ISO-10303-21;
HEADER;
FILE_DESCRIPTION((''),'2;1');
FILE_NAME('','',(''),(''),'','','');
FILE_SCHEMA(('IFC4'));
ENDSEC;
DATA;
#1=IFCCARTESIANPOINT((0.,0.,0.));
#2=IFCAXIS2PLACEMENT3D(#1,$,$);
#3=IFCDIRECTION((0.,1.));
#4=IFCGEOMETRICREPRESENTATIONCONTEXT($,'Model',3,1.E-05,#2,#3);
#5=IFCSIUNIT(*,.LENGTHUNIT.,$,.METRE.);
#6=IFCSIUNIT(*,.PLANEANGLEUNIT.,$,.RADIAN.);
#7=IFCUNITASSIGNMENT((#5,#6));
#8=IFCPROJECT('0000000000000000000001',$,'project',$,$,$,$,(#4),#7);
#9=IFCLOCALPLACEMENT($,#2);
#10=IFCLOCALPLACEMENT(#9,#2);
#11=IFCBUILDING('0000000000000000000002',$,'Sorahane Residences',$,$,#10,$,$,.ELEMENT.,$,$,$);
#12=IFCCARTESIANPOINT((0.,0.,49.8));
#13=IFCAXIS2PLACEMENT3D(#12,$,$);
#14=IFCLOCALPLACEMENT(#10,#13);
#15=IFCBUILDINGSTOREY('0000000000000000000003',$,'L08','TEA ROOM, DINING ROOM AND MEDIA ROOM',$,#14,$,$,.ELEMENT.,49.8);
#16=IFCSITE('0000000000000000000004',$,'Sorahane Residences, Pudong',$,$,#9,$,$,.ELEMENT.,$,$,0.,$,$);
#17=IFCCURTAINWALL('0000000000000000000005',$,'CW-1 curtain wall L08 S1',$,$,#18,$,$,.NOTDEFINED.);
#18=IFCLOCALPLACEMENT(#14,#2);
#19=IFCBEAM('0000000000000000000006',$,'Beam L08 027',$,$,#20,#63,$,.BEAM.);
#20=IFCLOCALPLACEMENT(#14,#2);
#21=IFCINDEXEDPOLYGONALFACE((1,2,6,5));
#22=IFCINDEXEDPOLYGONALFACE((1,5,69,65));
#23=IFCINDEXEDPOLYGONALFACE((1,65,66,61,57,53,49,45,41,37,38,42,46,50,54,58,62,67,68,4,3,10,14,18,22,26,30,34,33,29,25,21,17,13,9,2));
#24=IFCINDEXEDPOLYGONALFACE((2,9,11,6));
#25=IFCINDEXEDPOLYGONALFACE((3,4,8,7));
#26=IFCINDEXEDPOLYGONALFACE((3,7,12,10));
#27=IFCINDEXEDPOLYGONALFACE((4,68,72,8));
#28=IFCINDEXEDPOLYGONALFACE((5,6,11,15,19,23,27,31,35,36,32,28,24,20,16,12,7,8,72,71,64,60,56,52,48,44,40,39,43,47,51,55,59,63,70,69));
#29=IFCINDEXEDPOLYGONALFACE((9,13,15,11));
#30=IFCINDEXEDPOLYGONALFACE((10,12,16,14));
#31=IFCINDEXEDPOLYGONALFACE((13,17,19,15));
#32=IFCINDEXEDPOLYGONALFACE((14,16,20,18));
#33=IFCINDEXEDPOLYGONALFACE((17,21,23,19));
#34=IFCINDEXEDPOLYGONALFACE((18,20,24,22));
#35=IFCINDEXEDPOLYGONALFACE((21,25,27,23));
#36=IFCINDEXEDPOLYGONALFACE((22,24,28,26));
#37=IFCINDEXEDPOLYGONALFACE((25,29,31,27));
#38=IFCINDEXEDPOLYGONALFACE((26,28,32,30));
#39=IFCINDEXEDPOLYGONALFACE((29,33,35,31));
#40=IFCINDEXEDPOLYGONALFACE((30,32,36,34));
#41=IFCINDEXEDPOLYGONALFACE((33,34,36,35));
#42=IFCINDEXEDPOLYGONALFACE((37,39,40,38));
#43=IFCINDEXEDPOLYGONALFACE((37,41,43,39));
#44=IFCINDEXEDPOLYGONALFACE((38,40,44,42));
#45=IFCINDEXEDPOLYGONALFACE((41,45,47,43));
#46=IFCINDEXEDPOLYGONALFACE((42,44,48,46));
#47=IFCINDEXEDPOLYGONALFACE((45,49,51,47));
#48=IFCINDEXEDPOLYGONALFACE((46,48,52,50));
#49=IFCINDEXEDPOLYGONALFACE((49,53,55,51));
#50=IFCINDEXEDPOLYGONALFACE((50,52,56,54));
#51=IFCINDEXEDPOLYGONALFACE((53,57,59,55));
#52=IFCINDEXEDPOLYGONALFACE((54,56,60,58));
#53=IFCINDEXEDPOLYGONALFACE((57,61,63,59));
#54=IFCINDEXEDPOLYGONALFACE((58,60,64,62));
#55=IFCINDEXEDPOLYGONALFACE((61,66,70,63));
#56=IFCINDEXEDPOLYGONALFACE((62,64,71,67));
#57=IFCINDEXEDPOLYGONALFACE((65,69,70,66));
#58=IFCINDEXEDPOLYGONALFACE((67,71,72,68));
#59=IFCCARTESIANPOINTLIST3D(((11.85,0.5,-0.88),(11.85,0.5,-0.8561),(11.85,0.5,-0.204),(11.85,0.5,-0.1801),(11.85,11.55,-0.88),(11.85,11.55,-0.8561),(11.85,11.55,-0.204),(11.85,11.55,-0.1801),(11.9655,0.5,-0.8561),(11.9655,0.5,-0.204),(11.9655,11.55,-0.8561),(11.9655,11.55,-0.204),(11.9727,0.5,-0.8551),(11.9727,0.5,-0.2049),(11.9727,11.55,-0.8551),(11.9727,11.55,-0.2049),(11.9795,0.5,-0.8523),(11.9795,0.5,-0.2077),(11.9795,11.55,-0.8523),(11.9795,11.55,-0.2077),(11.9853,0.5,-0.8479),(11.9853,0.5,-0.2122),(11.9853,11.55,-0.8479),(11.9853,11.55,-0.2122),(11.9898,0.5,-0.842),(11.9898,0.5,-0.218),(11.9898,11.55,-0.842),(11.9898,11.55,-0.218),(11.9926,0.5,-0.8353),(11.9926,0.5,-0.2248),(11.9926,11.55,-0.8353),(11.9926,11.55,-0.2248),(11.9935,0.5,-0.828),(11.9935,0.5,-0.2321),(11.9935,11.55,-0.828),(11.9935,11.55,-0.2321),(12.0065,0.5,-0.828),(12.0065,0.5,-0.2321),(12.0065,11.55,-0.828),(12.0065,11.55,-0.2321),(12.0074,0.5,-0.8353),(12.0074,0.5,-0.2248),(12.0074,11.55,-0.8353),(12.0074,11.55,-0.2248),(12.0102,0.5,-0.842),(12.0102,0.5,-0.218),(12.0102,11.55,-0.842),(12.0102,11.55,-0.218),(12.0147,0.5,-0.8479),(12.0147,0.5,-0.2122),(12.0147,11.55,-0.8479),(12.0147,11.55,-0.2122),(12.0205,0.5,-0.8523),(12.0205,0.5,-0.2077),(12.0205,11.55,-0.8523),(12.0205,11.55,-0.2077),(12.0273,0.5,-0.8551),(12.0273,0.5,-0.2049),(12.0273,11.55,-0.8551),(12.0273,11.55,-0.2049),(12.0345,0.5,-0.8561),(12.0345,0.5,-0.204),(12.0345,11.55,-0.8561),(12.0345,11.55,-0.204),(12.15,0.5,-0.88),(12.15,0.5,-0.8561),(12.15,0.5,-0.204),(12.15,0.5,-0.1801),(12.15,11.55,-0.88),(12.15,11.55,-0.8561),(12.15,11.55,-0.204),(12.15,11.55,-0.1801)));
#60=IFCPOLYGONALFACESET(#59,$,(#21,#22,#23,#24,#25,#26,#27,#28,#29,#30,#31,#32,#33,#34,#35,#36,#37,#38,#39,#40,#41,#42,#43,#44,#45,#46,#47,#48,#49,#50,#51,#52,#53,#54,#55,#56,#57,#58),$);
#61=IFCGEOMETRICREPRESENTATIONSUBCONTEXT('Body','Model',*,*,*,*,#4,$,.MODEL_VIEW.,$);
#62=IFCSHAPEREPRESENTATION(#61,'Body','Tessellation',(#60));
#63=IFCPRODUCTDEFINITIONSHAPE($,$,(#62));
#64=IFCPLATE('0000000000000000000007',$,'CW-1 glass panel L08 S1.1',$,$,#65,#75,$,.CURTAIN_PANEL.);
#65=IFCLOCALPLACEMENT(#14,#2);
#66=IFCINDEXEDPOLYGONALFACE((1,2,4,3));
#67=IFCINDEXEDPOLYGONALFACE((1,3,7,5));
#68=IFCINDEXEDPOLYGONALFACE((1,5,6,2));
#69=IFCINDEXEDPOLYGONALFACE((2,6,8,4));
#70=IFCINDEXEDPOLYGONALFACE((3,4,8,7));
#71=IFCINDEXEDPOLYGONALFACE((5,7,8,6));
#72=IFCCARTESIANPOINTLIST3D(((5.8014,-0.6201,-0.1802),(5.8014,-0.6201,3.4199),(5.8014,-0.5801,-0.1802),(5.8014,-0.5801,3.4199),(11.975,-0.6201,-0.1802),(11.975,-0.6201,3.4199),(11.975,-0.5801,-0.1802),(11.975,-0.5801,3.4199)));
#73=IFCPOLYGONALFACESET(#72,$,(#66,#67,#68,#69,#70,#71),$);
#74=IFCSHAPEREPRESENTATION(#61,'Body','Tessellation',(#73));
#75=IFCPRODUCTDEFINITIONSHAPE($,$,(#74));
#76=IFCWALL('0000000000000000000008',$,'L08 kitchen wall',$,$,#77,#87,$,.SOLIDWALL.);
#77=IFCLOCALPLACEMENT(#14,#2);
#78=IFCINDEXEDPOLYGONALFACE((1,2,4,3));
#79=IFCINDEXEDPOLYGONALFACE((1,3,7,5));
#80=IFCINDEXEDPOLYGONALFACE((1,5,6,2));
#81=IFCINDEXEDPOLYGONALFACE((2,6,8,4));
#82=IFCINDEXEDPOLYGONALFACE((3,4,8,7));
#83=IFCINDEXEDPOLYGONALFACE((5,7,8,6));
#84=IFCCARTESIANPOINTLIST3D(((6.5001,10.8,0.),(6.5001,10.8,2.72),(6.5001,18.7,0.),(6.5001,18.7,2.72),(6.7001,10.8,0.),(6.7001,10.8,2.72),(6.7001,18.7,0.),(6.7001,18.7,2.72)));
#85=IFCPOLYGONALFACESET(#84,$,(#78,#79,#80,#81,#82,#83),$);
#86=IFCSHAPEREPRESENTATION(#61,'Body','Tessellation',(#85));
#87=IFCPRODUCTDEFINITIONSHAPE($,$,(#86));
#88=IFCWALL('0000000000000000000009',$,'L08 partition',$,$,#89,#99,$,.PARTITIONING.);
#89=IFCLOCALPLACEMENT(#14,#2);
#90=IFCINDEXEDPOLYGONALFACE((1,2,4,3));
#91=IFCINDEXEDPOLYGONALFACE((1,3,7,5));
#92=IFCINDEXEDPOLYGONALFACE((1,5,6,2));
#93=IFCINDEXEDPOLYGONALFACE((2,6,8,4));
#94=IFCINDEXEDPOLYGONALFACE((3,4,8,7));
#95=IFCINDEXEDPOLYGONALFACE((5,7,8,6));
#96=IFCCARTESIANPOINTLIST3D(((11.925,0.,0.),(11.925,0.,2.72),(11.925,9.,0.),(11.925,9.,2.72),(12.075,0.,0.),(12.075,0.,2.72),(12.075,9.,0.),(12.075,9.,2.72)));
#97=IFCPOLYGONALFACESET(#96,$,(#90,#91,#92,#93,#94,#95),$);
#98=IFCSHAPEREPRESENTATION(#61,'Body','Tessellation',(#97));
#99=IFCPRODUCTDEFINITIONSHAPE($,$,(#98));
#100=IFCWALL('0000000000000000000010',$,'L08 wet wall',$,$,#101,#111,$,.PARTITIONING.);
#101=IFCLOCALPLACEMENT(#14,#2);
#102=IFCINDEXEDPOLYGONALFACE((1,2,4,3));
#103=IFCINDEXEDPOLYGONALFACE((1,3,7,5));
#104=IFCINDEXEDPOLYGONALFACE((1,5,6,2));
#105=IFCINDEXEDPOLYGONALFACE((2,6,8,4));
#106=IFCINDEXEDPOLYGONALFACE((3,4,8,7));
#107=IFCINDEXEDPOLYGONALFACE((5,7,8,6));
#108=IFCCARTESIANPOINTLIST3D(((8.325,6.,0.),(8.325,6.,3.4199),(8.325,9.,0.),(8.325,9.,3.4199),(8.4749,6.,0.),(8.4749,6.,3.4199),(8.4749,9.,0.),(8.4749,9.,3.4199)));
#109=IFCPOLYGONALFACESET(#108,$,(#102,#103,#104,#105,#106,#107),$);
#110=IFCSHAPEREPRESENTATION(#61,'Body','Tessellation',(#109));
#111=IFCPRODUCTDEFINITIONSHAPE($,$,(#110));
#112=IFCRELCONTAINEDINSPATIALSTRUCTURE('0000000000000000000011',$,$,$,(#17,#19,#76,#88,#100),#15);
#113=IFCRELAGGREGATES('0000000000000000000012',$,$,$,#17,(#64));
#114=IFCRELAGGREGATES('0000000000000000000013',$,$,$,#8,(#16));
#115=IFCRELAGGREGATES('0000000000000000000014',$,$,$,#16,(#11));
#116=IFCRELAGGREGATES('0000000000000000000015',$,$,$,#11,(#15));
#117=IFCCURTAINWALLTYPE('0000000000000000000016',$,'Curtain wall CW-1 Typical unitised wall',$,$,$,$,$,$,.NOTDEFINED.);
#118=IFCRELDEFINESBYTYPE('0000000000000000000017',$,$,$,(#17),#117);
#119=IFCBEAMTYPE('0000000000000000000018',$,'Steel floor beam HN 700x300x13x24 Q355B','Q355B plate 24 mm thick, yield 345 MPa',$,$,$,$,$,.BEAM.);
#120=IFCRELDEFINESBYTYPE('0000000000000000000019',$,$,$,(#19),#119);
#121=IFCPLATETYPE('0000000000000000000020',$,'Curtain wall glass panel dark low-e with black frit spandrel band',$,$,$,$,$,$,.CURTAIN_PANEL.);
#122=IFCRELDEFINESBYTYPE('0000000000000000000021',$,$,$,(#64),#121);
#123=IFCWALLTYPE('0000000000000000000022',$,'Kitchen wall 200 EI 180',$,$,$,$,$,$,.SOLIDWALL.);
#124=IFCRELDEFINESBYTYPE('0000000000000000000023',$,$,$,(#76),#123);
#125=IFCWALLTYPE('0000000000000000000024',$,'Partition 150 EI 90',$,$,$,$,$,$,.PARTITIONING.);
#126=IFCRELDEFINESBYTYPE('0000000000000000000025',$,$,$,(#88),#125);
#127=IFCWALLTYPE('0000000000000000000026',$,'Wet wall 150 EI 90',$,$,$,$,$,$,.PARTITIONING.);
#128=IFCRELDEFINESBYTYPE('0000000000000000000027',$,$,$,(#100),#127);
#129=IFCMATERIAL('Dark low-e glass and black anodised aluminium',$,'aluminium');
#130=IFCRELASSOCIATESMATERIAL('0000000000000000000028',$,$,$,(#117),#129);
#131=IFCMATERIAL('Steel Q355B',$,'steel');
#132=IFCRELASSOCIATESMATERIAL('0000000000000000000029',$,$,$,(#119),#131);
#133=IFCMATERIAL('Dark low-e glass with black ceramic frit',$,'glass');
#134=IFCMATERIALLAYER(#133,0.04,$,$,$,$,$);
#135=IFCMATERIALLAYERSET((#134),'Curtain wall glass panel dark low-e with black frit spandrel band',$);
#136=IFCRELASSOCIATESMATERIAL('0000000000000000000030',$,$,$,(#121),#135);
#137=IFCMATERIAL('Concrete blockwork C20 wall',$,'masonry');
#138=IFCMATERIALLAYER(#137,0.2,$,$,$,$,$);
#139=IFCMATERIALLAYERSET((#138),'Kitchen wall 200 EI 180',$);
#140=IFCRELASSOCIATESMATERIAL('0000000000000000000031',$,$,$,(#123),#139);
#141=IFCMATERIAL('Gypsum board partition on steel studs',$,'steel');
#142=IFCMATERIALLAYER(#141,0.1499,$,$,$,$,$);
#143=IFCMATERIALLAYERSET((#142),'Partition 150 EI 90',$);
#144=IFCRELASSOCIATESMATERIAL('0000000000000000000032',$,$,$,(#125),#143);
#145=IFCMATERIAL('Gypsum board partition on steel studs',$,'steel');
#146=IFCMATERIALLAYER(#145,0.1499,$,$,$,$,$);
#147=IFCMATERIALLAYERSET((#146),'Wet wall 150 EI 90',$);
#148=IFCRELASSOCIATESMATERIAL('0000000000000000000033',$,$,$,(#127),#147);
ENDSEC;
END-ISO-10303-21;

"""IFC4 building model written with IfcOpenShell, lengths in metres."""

from ifc_helpers import new_model, si_unit, direction, frame, frame_2d, origin, origin_2d, place, context, subcontext, project, spatial, rectangle, i_section, extrude, material, layer, layer_set, material_profile, profile_set, type_object, element, aggregate, save


model = new_model("IFC4")

# Units and contexts
model_context = context("Model", 3, precision=1e-05, world=origin(), true_north=direction((0.0, 1.0)))
body_context = subcontext(model_context, "Body", "Model", "MODEL_VIEW")
ifc_project = project(units=[si_unit("LENGTHUNIT", "METRE"), si_unit("PLANEANGLEUNIT", "RADIAN")], contexts=[model_context])

# Site, building, storey
site_placement = place(None, origin())
site = spatial("IfcSite", under=ifc_project, at=site_placement, Name="Sorahane Residences, Pudong", CompositionType="ELEMENT", RefElevation=0.0)
building_placement = place(site_placement, origin())
building = spatial("IfcBuilding", under=site, at=building_placement, Name="Sorahane Residences", CompositionType="ELEMENT")
storey_placement = place(building_placement, frame((0.0, 0.0, 49.8)))
storey = spatial("IfcBuildingStorey", under=building, at=storey_placement, Name="L08", Description="TEA ROOM, DINING ROOM AND MEDIA ROOM", CompositionType="ELEMENT", Elevation=49.8)

# Curtain wall
ifc_material_1 = material(Name="Dark low-e glass and black anodised aluminium", Category="aluminium")
curtain_wall_type = type_object("IfcCurtainWallType", Name="Curtain wall CW-1 Typical unitised wall", PredefinedType="NOTDEFINED", material=ifc_material_1)
curtain_wall_placement = place(storey_placement, origin())
curtain_wall = element("IfcCurtainWall", 1, at=curtain_wall_placement, inside=storey, type_object=curtain_wall_type, Name="CW-1 curtain wall L08 S1", PredefinedType="NOTDEFINED")

# Beam
ifc_material_2 = material(Name="Steel Q355B", Category="steel")
ifc_material_profile_1 = material_profile(ifc_material_2, i_section(OverallWidth=0.3, OverallDepth=0.7, WebThickness=0.0129, FlangeThickness=0.0239, FilletRadius=0.0281, at=origin_2d()), Name="HN 700x300x13x24")
ifc_profile_set_1 = profile_set([ifc_material_profile_1], Name="Steel Q355B")
beam_type_1 = type_object("IfcBeamType", Name="Steel floor beam HN 700x300x13x24 Q355B", Description="Q355B plate 24 mm thick, yield 345 MPa", PredefinedType="BEAM", material=ifc_profile_set_1)
beam_1_placement = place(storey_placement, frame((12.0, 0.5, -0.53), z_axis=(0.0, 1.0, 0.0), x_axis=(-1.0, 0.0, 0.0)))
element("IfcBeam", 2, at=beam_1_placement, inside=storey, type_object=beam_type_1, Name="Beam L08 027", PredefinedType="BEAM", context=body_context, shape_type="SweptSolid", body=[
    extrude(i_section(OverallWidth=0.3, OverallDepth=0.7, WebThickness=0.0129, FlangeThickness=0.0239, FilletRadius=0.0281, at=origin_2d()), origin(), (0.0, 0.0, 1.0), 11.05),
])

# Plate
ifc_material_3 = material(Name="Dark low-e glass with black ceramic frit", Category="glass")
ifc_layer_1 = layer(ifc_material_3, 0.04)
ifc_layer_set_1 = layer_set([ifc_layer_1], Name="Curtain wall glass panel dark low-e with black frit spandrel band")
plate_type = type_object("IfcPlateType", Name="Curtain wall glass panel dark low-e with black frit spandrel band", PredefinedType="CURTAIN_PANEL", material=ifc_layer_set_1)
plate_placement = place(storey_placement, frame((8.8882, -0.6001, -0.1802), z_axis=(0.0, 0.0, 1.0), x_axis=(1.0, 0.0, 0.0)))
plate = element("IfcPlate", 3, at=plate_placement, type_object=plate_type, Name="CW-1 glass panel L08 S1.1", PredefinedType="CURTAIN_PANEL", context=body_context, shape_type="SweptSolid", body=[
    extrude(rectangle(XDim=6.1736, YDim=0.04, at=origin_2d()), origin(), (0.0, 0.0, 1.0), 3.6001),
])
aggregate(curtain_wall, [plate])

# Walls
ifc_material_4 = material(Name="Concrete blockwork C20 wall", Category="masonry")
ifc_layer_2 = layer(ifc_material_4, 0.2)
ifc_layer_set_2 = layer_set([ifc_layer_2], Name="Kitchen wall 200 EI 180")
wall_type_1 = type_object("IfcWallType", Name="Kitchen wall 200 EI 180", PredefinedType="SOLIDWALL", material=ifc_layer_set_2)
wall_1_placement = place(storey_placement, frame((6.6001, 10.8, 0.0), z_axis=(0.0, 0.0, 1.0), x_axis=(0.0, 1.0, 0.0)))
element("IfcWall", 4, at=wall_1_placement, inside=storey, type_object=wall_type_1, Name="L08 kitchen wall", PredefinedType="SOLIDWALL", context=body_context, shape_type="SweptSolid", body=[
    extrude(rectangle(XDim=7.8999, YDim=0.2, at=frame_2d((3.95, 0.0))), origin(), (0.0, 0.0, 1.0), 2.72),
])
ifc_material_5 = material(Name="Gypsum board partition on steel studs", Category="steel")
ifc_layer_3 = layer(ifc_material_5, 0.1499)
ifc_layer_set_3 = layer_set([ifc_layer_3], Name="Partition 150 EI 90")
wall_type_2 = type_object("IfcWallType", Name="Partition 150 EI 90", PredefinedType="PARTITIONING", material=ifc_layer_set_3)
wall_2_placement = place(storey_placement, frame((12.0, 0.0, 0.0), z_axis=(0.0, 0.0, 1.0), x_axis=(0.0, 1.0, 0.0)))
element("IfcWall", 5, at=wall_2_placement, inside=storey, type_object=wall_type_2, Name="L08 partition", PredefinedType="PARTITIONING", context=body_context, shape_type="SweptSolid", body=[
    extrude(rectangle(XDim=9.0, YDim=0.1499, at=frame_2d((4.5, 0.0))), origin(), (0.0, 0.0, 1.0), 2.72),
])

# Wall
ifc_material_6 = material(Name="Gypsum board partition on steel studs", Category="steel")
ifc_layer_4 = layer(ifc_material_6, 0.1499)
ifc_layer_set_4 = layer_set([ifc_layer_4], Name="Wet wall 150 EI 90")
wall_type_3 = type_object("IfcWallType", Name="Wet wall 150 EI 90", PredefinedType="PARTITIONING", material=ifc_layer_set_4)
wall_3_placement = place(storey_placement, frame((8.3999, 6.0, 0.0), z_axis=(0.0, 0.0, 1.0), x_axis=(0.0, 1.0, 0.0)))
element("IfcWall", 6, at=wall_3_placement, inside=storey, type_object=wall_type_3, Name="L08 wet wall", PredefinedType="PARTITIONING", context=body_context, shape_type="SweptSolid", body=[
    extrude(rectangle(XDim=3.0, YDim=0.1499, at=frame_2d((1.5, 0.0))), origin(), (0.0, 0.0, 1.0), 3.4199),
])

save(model, "model.ifc")
